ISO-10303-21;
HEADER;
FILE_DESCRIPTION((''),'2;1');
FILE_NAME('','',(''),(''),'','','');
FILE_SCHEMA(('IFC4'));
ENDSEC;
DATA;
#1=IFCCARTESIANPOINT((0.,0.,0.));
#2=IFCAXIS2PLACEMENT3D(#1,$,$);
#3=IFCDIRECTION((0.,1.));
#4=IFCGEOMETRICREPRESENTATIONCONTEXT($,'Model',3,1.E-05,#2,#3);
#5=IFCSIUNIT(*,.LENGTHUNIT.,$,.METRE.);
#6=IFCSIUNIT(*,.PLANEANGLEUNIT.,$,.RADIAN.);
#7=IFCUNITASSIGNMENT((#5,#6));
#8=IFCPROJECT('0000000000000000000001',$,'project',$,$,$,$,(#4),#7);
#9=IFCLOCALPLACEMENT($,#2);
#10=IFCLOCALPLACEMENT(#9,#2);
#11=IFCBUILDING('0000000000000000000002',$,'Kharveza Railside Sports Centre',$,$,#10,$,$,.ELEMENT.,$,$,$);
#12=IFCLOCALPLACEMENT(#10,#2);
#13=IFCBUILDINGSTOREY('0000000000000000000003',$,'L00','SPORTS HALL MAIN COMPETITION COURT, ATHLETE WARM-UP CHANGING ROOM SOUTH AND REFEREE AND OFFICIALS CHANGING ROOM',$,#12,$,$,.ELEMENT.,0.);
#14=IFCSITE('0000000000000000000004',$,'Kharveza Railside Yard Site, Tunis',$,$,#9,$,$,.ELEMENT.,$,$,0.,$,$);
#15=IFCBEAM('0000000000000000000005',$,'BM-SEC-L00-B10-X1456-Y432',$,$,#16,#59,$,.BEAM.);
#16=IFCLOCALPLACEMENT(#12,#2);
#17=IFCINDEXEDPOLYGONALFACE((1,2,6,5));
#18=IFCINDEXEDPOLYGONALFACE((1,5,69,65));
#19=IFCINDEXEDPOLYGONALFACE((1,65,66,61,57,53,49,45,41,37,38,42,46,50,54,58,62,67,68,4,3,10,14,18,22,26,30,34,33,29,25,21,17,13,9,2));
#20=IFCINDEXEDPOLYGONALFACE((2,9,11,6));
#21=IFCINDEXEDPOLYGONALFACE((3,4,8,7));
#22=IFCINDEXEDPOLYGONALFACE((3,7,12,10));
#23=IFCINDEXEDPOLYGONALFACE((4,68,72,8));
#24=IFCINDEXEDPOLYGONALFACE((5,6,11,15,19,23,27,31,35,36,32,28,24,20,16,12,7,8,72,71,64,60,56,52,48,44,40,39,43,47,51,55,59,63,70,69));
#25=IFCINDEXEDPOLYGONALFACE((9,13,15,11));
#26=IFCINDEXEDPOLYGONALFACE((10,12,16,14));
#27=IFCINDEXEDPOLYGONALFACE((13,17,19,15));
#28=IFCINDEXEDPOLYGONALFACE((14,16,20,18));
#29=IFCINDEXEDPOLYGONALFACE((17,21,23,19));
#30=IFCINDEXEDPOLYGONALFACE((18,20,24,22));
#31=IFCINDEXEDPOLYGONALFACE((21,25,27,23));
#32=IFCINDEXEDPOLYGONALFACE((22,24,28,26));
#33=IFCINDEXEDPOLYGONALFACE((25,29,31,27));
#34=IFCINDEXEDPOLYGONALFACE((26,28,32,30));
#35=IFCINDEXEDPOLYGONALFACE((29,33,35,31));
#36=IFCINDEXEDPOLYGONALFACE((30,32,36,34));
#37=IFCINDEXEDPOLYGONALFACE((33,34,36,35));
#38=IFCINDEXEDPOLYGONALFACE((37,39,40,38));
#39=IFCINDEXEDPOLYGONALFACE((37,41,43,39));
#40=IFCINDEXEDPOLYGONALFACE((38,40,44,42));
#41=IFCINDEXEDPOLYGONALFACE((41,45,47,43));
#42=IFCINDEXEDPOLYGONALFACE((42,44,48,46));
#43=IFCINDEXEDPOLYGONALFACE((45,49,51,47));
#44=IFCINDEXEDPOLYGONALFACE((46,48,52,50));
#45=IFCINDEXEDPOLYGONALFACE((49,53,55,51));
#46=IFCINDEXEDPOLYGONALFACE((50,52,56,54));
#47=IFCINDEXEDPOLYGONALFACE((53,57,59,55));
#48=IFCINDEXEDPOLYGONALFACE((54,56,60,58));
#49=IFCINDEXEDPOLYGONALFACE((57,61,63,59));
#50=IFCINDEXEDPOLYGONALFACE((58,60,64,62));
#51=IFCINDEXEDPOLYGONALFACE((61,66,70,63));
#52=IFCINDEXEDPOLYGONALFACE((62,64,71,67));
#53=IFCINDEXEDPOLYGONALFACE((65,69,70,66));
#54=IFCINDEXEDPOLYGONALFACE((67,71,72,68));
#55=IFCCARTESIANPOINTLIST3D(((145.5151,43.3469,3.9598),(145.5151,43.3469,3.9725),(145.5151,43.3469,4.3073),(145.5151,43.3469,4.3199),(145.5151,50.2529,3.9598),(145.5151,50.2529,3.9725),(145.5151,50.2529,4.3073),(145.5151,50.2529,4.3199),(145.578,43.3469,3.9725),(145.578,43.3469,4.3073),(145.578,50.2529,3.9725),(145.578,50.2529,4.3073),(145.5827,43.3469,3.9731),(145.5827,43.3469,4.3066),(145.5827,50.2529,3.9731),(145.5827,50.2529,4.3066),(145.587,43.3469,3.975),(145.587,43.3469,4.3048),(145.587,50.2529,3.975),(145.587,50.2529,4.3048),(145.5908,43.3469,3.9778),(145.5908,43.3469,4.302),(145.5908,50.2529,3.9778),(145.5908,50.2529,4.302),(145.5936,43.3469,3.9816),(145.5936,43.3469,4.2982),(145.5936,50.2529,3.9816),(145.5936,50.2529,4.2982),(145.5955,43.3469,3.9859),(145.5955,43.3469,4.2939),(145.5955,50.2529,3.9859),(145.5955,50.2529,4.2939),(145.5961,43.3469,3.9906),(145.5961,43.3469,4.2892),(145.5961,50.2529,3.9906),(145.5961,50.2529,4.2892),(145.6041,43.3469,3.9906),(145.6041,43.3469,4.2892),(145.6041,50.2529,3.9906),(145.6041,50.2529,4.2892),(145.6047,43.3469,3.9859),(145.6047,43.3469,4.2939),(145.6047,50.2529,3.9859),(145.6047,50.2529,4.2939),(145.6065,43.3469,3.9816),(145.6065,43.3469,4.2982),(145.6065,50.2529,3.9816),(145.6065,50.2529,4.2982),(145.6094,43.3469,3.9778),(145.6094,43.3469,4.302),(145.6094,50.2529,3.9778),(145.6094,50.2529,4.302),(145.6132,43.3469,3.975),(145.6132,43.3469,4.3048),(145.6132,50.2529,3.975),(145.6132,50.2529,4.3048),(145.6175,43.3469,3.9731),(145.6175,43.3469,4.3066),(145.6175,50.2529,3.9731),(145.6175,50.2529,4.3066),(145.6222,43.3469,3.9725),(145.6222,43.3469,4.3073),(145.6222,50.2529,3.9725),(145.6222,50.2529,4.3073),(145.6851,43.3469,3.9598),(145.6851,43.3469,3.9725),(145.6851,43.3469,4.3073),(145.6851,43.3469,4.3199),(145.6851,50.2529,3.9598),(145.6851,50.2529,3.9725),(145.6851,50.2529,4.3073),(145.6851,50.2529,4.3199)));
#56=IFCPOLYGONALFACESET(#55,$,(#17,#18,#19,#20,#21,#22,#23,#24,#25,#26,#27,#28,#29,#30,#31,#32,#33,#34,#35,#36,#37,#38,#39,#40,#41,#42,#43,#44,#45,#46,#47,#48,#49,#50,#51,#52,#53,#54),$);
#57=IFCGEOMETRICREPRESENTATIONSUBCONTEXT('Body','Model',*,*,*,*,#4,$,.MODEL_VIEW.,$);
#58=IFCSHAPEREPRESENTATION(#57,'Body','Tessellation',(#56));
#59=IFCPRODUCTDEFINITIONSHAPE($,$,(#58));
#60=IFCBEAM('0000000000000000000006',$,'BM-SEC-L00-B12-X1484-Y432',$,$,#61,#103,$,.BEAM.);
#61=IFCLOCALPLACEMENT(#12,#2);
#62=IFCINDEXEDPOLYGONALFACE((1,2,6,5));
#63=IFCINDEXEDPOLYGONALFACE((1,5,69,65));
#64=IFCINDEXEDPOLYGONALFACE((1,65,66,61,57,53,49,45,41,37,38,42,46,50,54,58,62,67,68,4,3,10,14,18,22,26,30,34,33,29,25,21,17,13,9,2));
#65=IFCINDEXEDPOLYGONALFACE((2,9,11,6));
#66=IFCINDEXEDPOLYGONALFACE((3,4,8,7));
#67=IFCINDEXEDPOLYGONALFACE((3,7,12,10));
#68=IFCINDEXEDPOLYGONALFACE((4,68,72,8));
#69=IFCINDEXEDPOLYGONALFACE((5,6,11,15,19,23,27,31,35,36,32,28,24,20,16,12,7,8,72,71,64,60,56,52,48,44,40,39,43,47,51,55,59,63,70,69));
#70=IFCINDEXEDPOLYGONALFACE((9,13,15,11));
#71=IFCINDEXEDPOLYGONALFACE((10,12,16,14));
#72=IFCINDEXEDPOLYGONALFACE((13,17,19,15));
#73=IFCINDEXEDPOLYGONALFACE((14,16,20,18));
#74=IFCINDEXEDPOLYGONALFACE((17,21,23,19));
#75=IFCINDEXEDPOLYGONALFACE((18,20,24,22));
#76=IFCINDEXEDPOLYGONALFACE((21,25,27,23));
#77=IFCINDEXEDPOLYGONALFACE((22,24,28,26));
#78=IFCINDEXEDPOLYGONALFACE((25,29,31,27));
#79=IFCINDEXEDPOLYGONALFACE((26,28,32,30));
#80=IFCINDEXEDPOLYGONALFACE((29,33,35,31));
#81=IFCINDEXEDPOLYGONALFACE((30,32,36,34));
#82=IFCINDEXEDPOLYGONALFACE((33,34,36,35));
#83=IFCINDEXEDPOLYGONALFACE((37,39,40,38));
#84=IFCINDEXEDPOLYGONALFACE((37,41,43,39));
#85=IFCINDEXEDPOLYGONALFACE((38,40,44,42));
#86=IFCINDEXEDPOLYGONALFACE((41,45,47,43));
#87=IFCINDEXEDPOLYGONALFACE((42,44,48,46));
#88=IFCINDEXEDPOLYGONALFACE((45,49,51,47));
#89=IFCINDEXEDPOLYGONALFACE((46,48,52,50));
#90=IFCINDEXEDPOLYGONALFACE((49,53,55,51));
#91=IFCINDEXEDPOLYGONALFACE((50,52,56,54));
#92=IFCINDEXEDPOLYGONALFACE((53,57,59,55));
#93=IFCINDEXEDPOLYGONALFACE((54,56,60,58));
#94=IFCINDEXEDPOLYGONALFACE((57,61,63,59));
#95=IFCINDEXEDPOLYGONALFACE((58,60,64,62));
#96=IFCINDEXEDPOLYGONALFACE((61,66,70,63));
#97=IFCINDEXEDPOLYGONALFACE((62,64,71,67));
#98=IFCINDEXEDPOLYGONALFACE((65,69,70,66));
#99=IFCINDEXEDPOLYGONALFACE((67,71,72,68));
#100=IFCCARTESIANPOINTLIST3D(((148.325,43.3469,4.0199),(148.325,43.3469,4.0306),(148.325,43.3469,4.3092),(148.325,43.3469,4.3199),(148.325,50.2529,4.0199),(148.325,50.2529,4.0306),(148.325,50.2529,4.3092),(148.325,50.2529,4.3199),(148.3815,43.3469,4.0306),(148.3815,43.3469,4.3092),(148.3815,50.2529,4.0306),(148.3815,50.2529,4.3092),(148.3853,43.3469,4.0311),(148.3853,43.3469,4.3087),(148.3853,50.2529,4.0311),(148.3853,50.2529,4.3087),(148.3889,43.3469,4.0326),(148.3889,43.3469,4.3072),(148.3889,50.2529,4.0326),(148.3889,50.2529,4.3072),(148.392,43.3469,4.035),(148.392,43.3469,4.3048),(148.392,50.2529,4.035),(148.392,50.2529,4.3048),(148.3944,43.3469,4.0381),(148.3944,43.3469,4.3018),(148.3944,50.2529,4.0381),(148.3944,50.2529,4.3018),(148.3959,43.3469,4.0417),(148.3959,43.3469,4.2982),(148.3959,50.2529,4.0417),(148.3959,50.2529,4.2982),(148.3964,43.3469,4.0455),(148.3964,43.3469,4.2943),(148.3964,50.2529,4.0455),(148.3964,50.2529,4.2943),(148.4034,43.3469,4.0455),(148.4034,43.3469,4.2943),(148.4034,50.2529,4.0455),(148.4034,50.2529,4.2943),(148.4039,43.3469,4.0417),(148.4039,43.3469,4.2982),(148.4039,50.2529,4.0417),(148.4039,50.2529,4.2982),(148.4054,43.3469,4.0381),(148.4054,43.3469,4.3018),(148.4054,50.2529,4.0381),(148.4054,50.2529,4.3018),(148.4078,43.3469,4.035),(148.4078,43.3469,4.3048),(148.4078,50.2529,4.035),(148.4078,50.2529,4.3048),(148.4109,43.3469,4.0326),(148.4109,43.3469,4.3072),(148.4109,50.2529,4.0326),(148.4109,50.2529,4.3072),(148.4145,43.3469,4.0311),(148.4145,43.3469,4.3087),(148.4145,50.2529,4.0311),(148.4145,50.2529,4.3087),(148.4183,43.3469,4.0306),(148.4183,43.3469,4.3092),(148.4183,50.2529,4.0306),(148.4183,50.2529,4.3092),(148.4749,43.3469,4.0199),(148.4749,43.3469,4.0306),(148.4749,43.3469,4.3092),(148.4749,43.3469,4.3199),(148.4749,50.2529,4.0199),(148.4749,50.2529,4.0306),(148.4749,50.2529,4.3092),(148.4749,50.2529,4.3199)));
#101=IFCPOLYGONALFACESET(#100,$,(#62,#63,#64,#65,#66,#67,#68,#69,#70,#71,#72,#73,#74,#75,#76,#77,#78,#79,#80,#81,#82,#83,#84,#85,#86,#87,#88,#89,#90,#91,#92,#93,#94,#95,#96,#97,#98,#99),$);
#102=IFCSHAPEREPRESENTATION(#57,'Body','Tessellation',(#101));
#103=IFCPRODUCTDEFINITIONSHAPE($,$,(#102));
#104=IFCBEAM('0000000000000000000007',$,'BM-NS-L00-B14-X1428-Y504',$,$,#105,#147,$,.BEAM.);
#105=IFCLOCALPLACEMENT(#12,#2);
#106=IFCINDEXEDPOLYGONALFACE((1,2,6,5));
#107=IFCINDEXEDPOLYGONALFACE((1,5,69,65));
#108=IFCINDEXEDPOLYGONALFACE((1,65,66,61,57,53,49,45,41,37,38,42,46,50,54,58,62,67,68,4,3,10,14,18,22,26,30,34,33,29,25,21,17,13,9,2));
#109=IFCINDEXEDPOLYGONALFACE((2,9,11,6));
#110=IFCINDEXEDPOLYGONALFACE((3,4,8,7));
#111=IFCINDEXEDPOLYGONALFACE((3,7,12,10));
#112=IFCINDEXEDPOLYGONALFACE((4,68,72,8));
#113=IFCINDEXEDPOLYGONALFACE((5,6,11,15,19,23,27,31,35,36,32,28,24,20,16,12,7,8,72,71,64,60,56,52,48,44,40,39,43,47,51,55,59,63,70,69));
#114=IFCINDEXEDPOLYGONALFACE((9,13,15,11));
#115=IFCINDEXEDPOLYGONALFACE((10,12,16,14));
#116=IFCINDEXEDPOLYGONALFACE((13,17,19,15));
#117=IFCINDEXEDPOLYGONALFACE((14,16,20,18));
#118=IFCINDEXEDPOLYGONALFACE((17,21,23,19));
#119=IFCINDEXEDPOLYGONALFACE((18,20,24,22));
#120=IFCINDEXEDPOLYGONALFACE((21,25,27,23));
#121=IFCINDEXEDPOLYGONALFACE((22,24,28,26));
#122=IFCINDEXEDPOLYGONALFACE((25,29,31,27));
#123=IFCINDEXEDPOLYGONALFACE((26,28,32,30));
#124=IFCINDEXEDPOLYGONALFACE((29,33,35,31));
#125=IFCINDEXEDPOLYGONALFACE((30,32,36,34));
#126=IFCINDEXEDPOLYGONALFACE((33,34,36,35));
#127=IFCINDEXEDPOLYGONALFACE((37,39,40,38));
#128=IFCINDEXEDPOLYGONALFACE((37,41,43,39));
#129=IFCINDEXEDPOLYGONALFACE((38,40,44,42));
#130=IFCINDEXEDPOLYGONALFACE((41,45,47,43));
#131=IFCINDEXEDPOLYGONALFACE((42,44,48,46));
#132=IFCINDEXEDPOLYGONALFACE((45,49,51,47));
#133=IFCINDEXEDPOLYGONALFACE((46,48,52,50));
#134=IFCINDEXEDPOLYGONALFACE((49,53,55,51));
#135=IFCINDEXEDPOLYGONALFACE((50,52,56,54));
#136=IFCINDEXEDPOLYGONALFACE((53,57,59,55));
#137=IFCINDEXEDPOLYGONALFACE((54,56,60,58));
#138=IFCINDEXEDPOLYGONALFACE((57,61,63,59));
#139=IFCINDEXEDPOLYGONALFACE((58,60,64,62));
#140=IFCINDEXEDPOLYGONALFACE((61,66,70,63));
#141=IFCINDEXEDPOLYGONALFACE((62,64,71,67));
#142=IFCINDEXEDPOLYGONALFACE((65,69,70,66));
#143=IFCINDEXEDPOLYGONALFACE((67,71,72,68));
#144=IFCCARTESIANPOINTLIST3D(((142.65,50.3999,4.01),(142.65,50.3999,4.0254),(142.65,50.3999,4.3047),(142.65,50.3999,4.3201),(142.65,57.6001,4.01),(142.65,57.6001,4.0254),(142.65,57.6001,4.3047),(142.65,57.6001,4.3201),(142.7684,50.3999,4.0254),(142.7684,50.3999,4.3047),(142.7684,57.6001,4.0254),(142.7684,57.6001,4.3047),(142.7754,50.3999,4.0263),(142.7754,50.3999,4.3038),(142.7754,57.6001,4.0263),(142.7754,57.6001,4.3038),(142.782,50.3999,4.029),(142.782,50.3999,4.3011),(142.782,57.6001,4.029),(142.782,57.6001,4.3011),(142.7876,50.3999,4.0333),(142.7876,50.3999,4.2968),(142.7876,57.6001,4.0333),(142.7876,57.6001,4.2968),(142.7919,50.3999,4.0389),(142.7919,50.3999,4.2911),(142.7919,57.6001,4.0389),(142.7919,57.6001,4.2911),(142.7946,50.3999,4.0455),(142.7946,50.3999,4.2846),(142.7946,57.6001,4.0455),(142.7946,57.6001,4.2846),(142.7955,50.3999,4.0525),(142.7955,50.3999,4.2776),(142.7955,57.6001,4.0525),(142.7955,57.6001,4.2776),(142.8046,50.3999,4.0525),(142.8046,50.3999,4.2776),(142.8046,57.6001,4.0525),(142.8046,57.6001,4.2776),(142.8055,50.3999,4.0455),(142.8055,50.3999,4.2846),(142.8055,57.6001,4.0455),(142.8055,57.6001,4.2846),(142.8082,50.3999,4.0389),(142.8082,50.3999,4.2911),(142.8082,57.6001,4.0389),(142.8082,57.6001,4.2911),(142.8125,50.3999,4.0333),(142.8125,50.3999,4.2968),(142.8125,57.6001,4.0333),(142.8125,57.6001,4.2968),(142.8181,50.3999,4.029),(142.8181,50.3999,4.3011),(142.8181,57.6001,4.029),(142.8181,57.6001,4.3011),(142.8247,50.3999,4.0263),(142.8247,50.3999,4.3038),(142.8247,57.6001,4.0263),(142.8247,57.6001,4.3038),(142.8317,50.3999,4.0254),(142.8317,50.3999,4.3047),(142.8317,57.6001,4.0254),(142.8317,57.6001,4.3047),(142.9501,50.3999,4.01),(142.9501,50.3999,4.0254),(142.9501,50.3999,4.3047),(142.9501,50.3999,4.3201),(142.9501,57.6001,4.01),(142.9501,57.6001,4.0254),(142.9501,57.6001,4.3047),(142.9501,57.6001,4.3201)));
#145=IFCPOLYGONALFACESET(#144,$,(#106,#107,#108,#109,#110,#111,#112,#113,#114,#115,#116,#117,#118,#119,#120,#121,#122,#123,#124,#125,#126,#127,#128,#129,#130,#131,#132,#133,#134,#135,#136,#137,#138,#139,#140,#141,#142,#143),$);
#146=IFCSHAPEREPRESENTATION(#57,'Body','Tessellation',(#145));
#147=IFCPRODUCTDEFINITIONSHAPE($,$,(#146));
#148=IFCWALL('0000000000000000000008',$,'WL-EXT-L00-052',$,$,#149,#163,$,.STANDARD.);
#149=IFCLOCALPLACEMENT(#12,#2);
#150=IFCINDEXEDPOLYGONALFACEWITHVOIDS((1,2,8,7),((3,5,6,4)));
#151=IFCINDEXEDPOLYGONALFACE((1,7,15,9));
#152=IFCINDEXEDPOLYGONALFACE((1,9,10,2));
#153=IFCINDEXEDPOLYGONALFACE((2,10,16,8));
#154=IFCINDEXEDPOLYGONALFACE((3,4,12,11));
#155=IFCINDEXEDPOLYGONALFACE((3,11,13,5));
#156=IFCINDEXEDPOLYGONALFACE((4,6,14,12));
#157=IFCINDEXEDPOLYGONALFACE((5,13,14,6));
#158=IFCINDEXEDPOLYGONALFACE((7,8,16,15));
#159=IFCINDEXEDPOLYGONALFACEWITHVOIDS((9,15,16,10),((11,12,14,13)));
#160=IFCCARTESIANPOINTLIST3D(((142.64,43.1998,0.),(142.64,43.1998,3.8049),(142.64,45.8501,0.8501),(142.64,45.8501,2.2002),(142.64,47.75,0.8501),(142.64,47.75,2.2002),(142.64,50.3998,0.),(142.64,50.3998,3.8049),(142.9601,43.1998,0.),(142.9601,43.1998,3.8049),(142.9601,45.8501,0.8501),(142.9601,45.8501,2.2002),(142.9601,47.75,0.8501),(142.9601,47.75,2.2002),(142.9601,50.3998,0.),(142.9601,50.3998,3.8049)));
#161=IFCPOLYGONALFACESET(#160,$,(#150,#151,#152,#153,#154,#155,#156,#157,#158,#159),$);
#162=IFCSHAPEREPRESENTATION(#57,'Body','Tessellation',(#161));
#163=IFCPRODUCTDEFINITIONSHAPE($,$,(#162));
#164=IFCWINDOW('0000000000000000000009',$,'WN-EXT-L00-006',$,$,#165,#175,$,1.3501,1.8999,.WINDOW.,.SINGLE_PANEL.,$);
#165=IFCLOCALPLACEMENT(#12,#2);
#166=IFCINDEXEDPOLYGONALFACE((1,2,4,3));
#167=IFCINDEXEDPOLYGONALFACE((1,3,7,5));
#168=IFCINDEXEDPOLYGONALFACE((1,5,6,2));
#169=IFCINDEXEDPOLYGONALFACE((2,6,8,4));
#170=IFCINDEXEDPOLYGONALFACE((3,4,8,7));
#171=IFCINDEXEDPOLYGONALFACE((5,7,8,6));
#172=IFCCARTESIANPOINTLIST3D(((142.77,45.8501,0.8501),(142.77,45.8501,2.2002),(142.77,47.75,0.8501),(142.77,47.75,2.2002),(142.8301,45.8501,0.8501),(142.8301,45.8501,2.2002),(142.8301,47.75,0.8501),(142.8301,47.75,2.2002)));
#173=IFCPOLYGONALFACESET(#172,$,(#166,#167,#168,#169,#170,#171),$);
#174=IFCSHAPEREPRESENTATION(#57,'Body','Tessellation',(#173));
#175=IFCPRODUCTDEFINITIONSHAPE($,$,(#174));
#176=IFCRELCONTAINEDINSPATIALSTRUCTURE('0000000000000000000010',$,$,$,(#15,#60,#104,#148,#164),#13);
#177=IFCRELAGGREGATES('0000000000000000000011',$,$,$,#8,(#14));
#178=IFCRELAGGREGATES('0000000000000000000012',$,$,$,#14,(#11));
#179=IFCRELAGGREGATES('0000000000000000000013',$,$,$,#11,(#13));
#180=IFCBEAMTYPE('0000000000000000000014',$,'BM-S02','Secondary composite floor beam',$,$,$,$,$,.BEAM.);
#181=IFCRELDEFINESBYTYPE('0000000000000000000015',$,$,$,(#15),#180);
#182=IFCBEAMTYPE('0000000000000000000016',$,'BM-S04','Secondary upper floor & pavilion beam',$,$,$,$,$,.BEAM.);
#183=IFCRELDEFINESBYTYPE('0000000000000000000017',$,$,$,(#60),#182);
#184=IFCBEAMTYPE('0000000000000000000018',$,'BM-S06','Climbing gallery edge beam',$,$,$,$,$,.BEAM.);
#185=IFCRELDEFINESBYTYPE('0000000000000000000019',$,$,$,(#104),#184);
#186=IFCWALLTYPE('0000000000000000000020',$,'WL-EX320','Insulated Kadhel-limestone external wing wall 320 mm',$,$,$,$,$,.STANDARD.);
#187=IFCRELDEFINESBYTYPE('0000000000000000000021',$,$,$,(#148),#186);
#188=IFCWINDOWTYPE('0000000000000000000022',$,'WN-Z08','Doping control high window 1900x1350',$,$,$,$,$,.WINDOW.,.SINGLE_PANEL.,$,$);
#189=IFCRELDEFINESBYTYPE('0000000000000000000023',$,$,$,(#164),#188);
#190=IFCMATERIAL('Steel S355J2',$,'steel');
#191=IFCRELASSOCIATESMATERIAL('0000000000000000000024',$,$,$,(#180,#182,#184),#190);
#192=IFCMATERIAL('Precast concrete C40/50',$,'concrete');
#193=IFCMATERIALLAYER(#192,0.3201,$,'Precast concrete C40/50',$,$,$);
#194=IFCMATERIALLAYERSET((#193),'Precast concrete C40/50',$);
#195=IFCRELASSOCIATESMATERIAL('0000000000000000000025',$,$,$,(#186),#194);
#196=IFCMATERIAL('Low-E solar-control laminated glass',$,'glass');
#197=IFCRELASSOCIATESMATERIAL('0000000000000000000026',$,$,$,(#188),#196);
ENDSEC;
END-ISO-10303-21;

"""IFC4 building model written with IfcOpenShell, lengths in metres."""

from ifc_helpers import new_model, si_unit, direction, frame, frame_2d, origin, origin_2d, place, context, subcontext, project, spatial, rectangle, i_section, extrude, material, layer, layer_set, material_profile, profile_set, type_object, element, fill, save


model = new_model("IFC4")

# Units and contexts
model_context = context("Model", 3, precision=1e-05, world=origin(), true_north=direction((0.0, 1.0)))
body_context = subcontext(model_context, "Body", "Model", "MODEL_VIEW")
ifc_project = project(units=[si_unit("LENGTHUNIT", "METRE"), si_unit("PLANEANGLEUNIT", "RADIAN")], contexts=[model_context])

# Site, building, storey
site_placement = place(None, origin())
site = spatial("IfcSite", under=ifc_project, at=site_placement, Name="Kharveza Railside Yard Site, Tunis", CompositionType="ELEMENT", RefElevation=0.0)
building_placement = place(site_placement, origin())
building = spatial("IfcBuilding", under=site, at=building_placement, Name="Kharveza Railside Sports Centre", CompositionType="ELEMENT")
storey_placement = place(building_placement, origin())
storey = spatial("IfcBuildingStorey", under=building, at=storey_placement, Name="L00", Description="SPORTS HALL MAIN COMPETITION COURT, ATHLETE WARM-UP CHANGING ROOM SOUTH AND REFEREE AND OFFICIALS CHANGING ROOM", CompositionType="ELEMENT", Elevation=0.0)

# Shared definitions
ifc_material_1 = material(Name="Steel S355J2", Category="steel")

# Beams
ifc_material_profile_1 = material_profile(ifc_material_1, i_section(OverallWidth=0.1699, OverallDepth=0.3601, WebThickness=0.0081, FlangeThickness=0.0127, FilletRadius=0.0181, at=origin_2d()), Name="IPE 360")
ifc_profile_set_1 = profile_set([ifc_material_profile_1], Name="Steel S355J2")
beam_type_1 = type_object("IfcBeamType", Name="BM-S02", Description="Secondary composite floor beam", PredefinedType="BEAM", material=ifc_profile_set_1)
beam_1_placement = place(storey_placement, frame((145.6001, 43.3469, 4.1399), z_axis=(0.0, 1.0, 0.0), x_axis=(-1.0, 0.0, 0.0)))
element("IfcBeam", 1, at=beam_1_placement, inside=storey, type_object=beam_type_1, Name="BM-SEC-L00-B10-X1456-Y432", PredefinedType="BEAM", context=body_context, shape_type="SweptSolid", body=[
    extrude(i_section(OverallWidth=0.1699, OverallDepth=0.3601, WebThickness=0.0081, FlangeThickness=0.0127, FilletRadius=0.0181, at=origin_2d()), origin(), (0.0, 0.0, 1.0), 6.906),
])
ifc_material_profile_2 = material_profile(ifc_material_1, i_section(OverallWidth=0.1499, OverallDepth=0.3, WebThickness=0.0071, FlangeThickness=0.0107, FilletRadius=0.0149, at=origin_2d()), Name="IPE 300")
ifc_profile_set_2 = profile_set([ifc_material_profile_2], Name="Steel S355J2")
beam_type_2 = type_object("IfcBeamType", Name="BM-S04", Description="Secondary upper floor & pavilion beam", PredefinedType="BEAM", material=ifc_profile_set_2)
beam_2_placement = place(storey_placement, frame((148.3999, 43.3469, 4.1699), z_axis=(0.0, 1.0, 0.0), x_axis=(-1.0, 0.0, 0.0)))
element("IfcBeam", 2, at=beam_2_placement, inside=storey, type_object=beam_type_2, Name="BM-SEC-L00-B12-X1484-Y432", PredefinedType="BEAM", context=body_context, shape_type="SweptSolid", body=[
    extrude(i_section(OverallWidth=0.1499, OverallDepth=0.3, WebThickness=0.0071, FlangeThickness=0.0107, FilletRadius=0.0149, at=origin_2d()), origin(), (0.0, 0.0, 1.0), 6.906),
])
ifc_material_profile_3 = material_profile(ifc_material_1, i_section(OverallWidth=0.3, OverallDepth=0.3101, WebThickness=0.009, FlangeThickness=0.0154, FilletRadius=0.0271, at=origin_2d()), Name="HEA 320")
ifc_profile_set_3 = profile_set([ifc_material_profile_3], Name="Steel S355J2")
beam_type_3 = type_object("IfcBeamType", Name="BM-S06", Description="Climbing gallery edge beam", PredefinedType="BEAM", material=ifc_profile_set_3)
beam_3_placement = place(storey_placement, frame((142.8, 50.3999, 4.165), z_axis=(0.0, 1.0, 0.0), x_axis=(-1.0, 0.0, 0.0)))
element("IfcBeam", 3, at=beam_3_placement, inside=storey, type_object=beam_type_3, Name="BM-NS-L00-B14-X1428-Y504", PredefinedType="BEAM", context=body_context, shape_type="SweptSolid", body=[
    extrude(i_section(OverallWidth=0.3, OverallDepth=0.3101, WebThickness=0.009, FlangeThickness=0.0154, FilletRadius=0.0271, at=origin_2d()), origin(), (0.0, 0.0, 1.0), 7.2002),
])

# Wall, opening, window
ifc_material_2 = material(Name="Precast concrete C40/50", Category="concrete")
ifc_layer = layer(ifc_material_2, 0.3201, Name="Precast concrete C40/50")
ifc_layer_set = layer_set([ifc_layer], Name="Precast concrete C40/50")
wall_type = type_object("IfcWallType", Name="WL-EX320", Description="Insulated Kadhel-limestone external wing wall 320 mm", PredefinedType="STANDARD", material=ifc_layer_set)
wall_placement = place(storey_placement, frame((142.8, 50.3999, 0.0), z_axis=(0.0, 0.0, 1.0), x_axis=(0.0, -1.0, 0.0)))
wall = element("IfcWall", 4, at=wall_placement, inside=storey, type_object=wall_type, Name="WL-EXT-L00-052", PredefinedType="STANDARD", context=body_context, shape_type="SweptSolid", body=[
    extrude(rectangle(XDim=7.2, YDim=0.3201, at=frame_2d((3.6001, 0.0))), origin(), (0.0, 0.0, 1.0), 3.8049),
])
opening_placement = place(wall_placement, frame((2.6499, 0.0, 0.8501)))
opening = element("IfcOpeningElement", 5, at=opening_placement, cuts=wall, PredefinedType="OPENING", context=body_context, shape_type="SweptSolid", body=[
    extrude(rectangle(XDim=1.8999, YDim=1.3501, at=frame_2d((0.95, 0.675))), frame((0.0, 0.1851, 0.0), z_axis=(0.0, -1.0, 0.0), x_axis=(1.0, 0.0, 0.0)), (0.0, 0.0, 1.0), 0.3699),
])
ifc_material_3 = material(Name="Low-E solar-control laminated glass", Category="glass")
window_type = type_object("IfcWindowType", Name="WN-Z08", Description="Doping control high window 1900x1350", PartitioningType="SINGLE_PANEL", PredefinedType="WINDOW", material=ifc_material_3)
window_placement = place(opening_placement, origin())
window = element("IfcWindow", 6, at=window_placement, inside=storey, type_object=window_type, Name="WN-EXT-L00-006", OverallHeight=1.3501, OverallWidth=1.8999, PartitioningType="SINGLE_PANEL", PredefinedType="WINDOW", context=body_context, shape_type="SweptSolid", body=[
    extrude(rectangle(XDim=1.8999, YDim=1.3501, at=frame_2d((0.95, 0.675))), frame((0.0, 0.03, 0.0), z_axis=(0.0, -1.0, 0.0), x_axis=(1.0, 0.0, 0.0)), (0.0, 0.0, 1.0), 0.0601),
])
fill(opening, window)

save(model, "model.ifc")
